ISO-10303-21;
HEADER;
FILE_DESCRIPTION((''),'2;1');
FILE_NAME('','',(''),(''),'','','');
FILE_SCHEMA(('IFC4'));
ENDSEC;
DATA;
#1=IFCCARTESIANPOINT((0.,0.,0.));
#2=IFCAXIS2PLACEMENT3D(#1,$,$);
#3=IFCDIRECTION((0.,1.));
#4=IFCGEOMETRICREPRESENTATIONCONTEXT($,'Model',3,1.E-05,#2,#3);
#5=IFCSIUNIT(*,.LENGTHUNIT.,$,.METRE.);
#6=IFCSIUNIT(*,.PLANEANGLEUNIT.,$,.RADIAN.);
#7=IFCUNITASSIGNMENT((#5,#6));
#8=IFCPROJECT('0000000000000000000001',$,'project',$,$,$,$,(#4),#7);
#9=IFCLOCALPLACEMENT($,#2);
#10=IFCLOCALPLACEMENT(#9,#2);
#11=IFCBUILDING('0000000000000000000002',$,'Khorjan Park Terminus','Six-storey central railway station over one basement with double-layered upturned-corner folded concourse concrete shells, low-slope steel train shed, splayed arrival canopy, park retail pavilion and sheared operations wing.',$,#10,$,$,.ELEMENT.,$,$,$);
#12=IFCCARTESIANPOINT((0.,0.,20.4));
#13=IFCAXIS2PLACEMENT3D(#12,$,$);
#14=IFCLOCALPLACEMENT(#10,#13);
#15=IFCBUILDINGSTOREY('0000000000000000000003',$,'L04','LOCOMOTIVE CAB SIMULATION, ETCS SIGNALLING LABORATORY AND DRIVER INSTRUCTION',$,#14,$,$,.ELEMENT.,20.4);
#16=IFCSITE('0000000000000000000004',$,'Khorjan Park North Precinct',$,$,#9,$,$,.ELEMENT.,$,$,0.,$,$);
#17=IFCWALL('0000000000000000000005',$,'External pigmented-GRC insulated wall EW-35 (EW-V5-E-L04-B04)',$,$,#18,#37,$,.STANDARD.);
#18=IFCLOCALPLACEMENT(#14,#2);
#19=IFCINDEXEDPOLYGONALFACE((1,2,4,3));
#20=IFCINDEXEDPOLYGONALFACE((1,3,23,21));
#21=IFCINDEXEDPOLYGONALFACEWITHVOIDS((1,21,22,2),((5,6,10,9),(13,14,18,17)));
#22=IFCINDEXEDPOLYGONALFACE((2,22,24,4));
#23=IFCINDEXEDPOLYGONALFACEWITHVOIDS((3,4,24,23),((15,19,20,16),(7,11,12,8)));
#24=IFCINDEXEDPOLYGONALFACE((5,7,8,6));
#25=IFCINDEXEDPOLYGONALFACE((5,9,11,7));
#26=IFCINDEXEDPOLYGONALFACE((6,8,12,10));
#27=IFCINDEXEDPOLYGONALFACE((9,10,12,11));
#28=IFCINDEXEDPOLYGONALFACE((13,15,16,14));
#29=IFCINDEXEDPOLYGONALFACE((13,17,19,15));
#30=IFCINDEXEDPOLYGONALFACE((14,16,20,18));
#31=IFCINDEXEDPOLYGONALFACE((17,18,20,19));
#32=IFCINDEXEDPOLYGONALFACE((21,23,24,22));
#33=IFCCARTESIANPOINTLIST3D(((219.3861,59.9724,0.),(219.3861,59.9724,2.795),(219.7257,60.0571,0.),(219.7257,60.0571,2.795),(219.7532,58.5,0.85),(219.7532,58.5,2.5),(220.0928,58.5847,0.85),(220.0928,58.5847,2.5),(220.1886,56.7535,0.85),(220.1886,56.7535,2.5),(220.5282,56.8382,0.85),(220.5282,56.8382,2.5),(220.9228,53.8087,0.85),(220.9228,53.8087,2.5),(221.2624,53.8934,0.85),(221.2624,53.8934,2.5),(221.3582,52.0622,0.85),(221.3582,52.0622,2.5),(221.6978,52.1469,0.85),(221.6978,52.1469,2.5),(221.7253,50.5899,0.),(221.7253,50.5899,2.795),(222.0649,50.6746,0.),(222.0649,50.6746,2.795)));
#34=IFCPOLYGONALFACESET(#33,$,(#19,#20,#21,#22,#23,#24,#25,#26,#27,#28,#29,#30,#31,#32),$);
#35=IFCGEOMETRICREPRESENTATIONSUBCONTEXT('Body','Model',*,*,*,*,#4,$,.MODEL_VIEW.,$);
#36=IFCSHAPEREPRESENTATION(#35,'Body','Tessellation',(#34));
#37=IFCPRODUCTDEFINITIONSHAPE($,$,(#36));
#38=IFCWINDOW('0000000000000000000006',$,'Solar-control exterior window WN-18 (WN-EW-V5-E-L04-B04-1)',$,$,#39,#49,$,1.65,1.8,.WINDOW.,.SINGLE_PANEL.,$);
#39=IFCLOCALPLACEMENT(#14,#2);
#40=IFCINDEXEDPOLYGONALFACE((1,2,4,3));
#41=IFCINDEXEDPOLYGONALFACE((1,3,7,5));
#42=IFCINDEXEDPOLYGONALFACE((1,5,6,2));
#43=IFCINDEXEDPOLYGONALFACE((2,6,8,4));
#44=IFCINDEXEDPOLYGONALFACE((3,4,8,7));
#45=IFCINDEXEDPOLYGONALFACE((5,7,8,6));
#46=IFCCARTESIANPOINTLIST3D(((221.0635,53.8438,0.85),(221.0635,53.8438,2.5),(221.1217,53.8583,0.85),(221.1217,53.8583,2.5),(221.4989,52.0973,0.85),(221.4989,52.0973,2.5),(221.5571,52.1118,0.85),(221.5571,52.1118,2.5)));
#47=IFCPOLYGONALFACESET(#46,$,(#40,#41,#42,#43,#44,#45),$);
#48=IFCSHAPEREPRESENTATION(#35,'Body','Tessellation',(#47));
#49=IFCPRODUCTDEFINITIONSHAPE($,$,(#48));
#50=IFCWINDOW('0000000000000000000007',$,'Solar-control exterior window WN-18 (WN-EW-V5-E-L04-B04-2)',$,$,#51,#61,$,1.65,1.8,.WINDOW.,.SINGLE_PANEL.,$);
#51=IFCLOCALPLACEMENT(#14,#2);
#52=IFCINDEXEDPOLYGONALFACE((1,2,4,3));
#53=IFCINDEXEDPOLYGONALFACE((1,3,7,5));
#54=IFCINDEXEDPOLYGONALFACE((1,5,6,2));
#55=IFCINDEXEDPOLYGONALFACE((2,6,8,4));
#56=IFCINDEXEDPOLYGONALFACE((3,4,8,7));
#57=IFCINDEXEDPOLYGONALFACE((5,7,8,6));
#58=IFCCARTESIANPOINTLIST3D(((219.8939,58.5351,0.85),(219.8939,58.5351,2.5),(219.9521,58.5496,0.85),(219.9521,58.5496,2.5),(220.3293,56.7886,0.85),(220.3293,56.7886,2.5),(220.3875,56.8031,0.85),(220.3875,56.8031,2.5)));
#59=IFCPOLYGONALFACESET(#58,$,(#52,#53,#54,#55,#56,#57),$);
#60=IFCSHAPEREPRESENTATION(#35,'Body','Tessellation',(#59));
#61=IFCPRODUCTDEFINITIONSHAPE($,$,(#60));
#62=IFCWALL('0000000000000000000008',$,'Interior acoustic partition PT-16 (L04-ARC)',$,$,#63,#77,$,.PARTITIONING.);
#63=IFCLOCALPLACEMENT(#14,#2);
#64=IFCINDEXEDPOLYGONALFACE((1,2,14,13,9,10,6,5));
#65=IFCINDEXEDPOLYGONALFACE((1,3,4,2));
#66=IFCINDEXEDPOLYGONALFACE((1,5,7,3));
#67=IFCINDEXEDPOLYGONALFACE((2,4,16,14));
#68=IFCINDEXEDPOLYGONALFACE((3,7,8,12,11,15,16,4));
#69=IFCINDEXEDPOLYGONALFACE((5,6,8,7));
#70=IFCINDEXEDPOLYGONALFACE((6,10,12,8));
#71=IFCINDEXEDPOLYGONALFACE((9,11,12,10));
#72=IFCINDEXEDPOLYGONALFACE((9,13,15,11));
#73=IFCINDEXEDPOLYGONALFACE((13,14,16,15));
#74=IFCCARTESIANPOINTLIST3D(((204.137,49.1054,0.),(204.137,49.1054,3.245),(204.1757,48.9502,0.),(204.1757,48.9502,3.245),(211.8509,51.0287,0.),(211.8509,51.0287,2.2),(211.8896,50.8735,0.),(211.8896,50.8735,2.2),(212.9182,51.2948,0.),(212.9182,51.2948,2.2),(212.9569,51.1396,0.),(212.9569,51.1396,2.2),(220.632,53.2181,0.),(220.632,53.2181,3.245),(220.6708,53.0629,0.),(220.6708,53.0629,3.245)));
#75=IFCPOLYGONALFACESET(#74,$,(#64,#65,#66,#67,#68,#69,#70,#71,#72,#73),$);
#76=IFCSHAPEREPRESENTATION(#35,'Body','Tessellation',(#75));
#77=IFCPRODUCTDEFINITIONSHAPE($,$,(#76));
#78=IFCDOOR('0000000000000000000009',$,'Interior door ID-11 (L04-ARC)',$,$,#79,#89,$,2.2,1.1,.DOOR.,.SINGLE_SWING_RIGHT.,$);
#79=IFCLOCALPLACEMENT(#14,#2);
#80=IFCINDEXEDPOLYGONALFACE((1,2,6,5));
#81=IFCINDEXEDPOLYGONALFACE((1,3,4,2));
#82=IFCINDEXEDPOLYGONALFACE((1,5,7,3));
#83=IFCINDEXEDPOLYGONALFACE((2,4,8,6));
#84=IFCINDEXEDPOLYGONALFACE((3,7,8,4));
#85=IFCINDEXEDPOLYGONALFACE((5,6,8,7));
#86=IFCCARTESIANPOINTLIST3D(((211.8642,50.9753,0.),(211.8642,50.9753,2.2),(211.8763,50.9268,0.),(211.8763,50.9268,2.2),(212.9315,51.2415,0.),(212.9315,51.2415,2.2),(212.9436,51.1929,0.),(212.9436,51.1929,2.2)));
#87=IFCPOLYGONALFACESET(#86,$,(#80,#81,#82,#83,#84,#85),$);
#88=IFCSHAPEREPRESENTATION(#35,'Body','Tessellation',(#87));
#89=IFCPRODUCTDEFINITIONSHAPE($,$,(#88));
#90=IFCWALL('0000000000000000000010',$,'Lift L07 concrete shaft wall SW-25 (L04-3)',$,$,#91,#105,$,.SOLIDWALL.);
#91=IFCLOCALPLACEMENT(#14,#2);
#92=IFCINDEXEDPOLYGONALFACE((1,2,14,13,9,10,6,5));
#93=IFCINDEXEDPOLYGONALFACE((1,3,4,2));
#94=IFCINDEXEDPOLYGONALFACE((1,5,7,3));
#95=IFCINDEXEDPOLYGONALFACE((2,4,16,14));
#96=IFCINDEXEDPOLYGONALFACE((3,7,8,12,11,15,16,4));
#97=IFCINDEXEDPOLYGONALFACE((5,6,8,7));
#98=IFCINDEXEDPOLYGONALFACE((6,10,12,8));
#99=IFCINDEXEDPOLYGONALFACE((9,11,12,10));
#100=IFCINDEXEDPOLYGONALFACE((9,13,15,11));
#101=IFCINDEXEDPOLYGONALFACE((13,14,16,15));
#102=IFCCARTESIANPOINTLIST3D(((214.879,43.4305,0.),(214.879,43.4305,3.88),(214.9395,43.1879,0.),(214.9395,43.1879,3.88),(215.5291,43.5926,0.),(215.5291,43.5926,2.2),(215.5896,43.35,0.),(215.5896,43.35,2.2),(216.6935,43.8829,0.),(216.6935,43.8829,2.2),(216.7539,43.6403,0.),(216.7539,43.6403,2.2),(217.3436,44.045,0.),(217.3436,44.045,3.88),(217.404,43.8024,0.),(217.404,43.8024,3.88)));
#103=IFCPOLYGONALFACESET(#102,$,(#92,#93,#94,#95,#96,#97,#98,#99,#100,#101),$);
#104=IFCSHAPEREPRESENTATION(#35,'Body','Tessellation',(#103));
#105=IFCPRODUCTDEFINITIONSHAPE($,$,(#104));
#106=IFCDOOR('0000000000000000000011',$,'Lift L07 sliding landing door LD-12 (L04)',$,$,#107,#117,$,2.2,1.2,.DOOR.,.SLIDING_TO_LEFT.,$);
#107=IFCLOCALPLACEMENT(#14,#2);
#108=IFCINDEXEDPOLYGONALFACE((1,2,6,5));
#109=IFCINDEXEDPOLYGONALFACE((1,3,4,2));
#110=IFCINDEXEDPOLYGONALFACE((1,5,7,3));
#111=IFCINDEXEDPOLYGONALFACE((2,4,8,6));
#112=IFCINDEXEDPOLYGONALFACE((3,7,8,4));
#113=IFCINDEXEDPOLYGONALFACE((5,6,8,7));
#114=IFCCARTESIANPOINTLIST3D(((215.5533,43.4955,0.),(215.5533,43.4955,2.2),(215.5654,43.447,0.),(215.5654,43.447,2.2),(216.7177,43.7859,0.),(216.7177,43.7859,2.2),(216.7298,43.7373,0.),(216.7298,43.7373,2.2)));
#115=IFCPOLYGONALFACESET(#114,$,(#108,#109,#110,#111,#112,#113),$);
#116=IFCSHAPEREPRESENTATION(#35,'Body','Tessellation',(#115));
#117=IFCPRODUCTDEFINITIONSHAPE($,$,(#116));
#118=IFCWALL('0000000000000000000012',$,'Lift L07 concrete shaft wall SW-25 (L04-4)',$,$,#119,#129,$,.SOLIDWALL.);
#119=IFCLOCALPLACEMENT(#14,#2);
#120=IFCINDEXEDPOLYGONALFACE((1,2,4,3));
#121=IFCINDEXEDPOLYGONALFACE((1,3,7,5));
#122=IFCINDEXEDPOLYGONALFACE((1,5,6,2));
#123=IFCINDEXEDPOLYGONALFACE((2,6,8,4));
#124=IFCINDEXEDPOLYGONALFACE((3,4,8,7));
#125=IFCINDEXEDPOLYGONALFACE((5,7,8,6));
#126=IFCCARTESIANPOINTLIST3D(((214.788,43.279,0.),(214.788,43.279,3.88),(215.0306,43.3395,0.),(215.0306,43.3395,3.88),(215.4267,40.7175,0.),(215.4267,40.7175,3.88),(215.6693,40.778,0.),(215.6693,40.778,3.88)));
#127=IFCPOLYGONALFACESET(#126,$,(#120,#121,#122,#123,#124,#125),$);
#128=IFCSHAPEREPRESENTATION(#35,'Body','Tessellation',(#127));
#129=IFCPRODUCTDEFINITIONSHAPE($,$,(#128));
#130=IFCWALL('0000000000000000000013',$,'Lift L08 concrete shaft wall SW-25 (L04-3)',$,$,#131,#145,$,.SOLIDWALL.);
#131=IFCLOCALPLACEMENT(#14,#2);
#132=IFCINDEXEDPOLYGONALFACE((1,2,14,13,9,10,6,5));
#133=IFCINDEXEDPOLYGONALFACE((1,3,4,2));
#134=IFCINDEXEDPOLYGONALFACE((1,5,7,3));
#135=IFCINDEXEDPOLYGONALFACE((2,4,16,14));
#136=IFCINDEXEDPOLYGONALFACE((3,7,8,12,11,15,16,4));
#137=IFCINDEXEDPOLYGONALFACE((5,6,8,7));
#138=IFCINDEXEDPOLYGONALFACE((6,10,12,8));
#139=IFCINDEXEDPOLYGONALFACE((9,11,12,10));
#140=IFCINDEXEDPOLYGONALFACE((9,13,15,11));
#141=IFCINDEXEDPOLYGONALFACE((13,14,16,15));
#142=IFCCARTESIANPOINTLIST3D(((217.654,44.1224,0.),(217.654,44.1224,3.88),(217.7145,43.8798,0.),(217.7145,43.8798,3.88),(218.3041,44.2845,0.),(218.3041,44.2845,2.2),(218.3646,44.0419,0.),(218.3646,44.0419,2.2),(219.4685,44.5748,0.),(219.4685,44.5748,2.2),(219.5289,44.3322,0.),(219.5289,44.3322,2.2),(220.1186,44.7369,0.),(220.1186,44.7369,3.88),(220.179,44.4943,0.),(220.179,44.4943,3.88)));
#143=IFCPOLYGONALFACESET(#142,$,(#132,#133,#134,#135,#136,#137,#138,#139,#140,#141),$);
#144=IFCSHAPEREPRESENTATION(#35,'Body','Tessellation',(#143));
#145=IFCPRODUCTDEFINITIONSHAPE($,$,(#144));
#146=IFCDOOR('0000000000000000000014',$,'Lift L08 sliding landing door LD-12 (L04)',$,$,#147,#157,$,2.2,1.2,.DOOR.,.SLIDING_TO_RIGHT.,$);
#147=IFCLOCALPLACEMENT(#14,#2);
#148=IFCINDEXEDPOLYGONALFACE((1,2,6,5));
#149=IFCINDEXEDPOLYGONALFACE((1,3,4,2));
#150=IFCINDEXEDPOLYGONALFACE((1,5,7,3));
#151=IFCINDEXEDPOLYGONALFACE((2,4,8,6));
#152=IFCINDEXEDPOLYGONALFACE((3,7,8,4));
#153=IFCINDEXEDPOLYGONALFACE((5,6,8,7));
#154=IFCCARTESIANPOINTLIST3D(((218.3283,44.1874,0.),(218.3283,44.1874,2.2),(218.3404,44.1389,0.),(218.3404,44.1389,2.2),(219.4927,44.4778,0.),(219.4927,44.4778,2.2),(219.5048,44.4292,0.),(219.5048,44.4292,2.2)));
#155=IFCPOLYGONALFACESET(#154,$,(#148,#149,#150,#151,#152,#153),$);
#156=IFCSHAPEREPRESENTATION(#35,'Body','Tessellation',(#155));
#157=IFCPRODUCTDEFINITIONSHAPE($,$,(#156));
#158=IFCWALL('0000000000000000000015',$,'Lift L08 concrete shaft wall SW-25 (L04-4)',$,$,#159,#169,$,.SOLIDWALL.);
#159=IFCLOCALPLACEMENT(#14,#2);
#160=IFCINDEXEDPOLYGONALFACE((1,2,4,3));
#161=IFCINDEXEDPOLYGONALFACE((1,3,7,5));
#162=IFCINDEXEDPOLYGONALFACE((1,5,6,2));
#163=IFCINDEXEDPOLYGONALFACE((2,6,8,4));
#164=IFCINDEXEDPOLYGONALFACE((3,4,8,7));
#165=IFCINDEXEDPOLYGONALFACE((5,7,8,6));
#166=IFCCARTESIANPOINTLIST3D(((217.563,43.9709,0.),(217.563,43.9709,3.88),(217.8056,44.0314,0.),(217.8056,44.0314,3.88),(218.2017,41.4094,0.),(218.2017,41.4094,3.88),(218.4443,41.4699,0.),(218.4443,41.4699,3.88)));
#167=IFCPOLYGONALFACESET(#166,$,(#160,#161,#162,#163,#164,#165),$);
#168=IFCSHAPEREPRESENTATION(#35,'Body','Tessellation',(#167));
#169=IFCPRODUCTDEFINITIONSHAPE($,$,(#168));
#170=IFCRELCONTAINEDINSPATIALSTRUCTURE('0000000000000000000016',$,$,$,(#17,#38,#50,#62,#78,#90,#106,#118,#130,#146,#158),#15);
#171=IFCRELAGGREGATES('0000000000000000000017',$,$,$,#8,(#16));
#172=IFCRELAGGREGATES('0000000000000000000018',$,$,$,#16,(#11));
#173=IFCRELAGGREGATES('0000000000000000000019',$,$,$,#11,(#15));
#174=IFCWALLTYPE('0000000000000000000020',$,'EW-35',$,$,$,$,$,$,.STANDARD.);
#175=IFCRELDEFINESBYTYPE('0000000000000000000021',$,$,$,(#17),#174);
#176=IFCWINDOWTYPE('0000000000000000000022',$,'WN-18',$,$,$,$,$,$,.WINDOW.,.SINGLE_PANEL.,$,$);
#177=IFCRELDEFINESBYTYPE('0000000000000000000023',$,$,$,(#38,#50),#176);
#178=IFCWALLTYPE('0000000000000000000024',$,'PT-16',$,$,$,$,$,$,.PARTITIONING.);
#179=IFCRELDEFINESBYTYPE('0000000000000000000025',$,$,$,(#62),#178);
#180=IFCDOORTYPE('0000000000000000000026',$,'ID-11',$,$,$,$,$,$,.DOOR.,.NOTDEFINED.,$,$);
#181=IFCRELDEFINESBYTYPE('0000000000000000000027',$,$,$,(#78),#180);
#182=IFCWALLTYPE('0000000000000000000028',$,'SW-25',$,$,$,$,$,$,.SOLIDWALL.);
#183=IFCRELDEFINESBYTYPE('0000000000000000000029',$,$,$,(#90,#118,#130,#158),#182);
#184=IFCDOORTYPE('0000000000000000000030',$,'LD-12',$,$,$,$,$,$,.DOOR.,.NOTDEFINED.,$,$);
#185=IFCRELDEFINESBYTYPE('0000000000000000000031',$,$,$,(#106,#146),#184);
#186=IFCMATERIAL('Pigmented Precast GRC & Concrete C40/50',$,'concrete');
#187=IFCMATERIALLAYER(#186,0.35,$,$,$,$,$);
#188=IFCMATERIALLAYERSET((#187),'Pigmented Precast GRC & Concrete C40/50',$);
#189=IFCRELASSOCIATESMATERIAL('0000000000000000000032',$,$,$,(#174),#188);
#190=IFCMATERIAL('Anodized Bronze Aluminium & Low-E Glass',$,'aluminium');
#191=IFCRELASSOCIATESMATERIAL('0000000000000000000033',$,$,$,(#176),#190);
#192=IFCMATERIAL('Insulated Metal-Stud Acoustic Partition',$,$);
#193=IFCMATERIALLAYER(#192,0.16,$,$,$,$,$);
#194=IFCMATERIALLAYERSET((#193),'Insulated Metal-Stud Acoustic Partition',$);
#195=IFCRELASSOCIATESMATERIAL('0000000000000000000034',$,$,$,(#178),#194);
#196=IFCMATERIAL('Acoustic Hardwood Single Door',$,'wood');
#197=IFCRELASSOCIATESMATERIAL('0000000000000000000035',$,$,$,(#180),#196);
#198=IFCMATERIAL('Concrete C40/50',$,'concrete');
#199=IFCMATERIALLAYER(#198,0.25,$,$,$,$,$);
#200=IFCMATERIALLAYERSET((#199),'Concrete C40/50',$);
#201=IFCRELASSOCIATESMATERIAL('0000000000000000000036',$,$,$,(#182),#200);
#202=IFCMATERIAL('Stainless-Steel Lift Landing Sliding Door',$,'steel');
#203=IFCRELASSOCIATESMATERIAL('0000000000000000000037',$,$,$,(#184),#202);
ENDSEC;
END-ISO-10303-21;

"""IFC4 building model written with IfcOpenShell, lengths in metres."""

from ifc_helpers import new_model, si_unit, direction, frame, frame_2d, origin, place, context, subcontext, project, spatial, rectangle, extrude, material, layer, layer_set, type_object, element, fill, save


model = new_model("IFC4")

# Units and contexts
model_context = context("Model", 3, precision=1e-05, world=origin(), true_north=direction((0.0, 1.0)))
body_context = subcontext(model_context, "Body", "Model", "MODEL_VIEW")
ifc_project = project(units=[si_unit("LENGTHUNIT", "METRE"), si_unit("PLANEANGLEUNIT", "RADIAN")], contexts=[model_context])

# Site, building, storey
site_placement = place(None, origin())
site = spatial("IfcSite", under=ifc_project, at=site_placement, Name="Khorjan Park North Precinct", CompositionType="ELEMENT", RefElevation=0.0)
building_placement = place(site_placement, origin())
building = spatial("IfcBuilding", under=site, at=building_placement, Name="Khorjan Park Terminus", Description="Six-storey central railway station over one basement with double-layered upturned-corner folded concourse concrete shells, low-slope steel train shed, splayed arrival canopy, park retail pavilion and sheared operations wing.", CompositionType="ELEMENT")
storey_placement = place(building_placement, frame((0.0, 0.0, 20.4)))
storey = spatial("IfcBuildingStorey", under=building, at=storey_placement, Name="L04", Description="LOCOMOTIVE CAB SIMULATION, ETCS SIGNALLING LABORATORY AND DRIVER INSTRUCTION", CompositionType="ELEMENT", Elevation=20.4)

# Shared definitions
ifc_material_1 = material(Name="Concrete C40/50", Category="concrete")

# Wall, openings, windows
ifc_material_2 = material(Name="Pigmented Precast GRC & Concrete C40/50", Category="concrete")
ifc_layer_1 = layer(ifc_material_2, 0.35)
ifc_layer_set_1 = layer_set([ifc_layer_1], Name="Pigmented Precast GRC & Concrete C40/50")
wall_type_1 = type_object("IfcWallType", Name="EW-35", PredefinedType="STANDARD", material=ifc_layer_set_1)
wall_1_placement = place(storey_placement, frame((221.8951, 50.6322, 0.0), z_axis=(0.0, 0.0, 1.0), x_axis=(-0.24191, 0.970299, 0.0)))
wall_1 = element("IfcWall", 1, at=wall_1_placement, inside=storey, type_object=wall_type_1, Name="External pigmented-GRC insulated wall EW-35 (EW-V5-E-L04-B04)", PredefinedType="STANDARD", context=body_context, shape_type="SweptSolid", body=[
    extrude(rectangle(XDim=9.6697, YDim=0.35, at=frame_2d((4.8349, 0.0))), origin(), (0.0, 0.0, 1.0), 2.795),
])
opening_1_placement = place(wall_1_placement, frame((1.5174, 0.0, 0.85)))
opening_1 = element("IfcOpeningElement", 2, at=opening_1_placement, cuts=wall_1, PredefinedType="OPENING", context=body_context, shape_type="SweptSolid", body=[
    extrude(rectangle(XDim=1.8, YDim=1.65, at=frame_2d((0.9, 0.825))), frame((0.0, 0.185, 0.0), z_axis=(0.0, -1.0, 0.0), x_axis=(1.0, 0.0, 0.0)), (0.0, 0.0, 1.0), 0.37),
])
opening_2_placement = place(wall_1_placement, frame((6.3523, 0.0, 0.85)))
opening_2 = element("IfcOpeningElement", 3, at=opening_2_placement, cuts=wall_1, PredefinedType="OPENING", context=body_context, shape_type="SweptSolid", body=[
    extrude(rectangle(XDim=1.8, YDim=1.65, at=frame_2d((0.9, 0.825))), frame((0.0, 0.185, 0.0), z_axis=(0.0, -1.0, 0.0), x_axis=(1.0, 0.0, 0.0)), (0.0, 0.0, 1.0), 0.37),
])
ifc_material_3 = material(Name="Anodized Bronze Aluminium & Low-E Glass", Category="aluminium")
window_type = type_object("IfcWindowType", Name="WN-18", PartitioningType="SINGLE_PANEL", PredefinedType="WINDOW", material=ifc_material_3)
window_1_placement = place(opening_1_placement, origin())
window_1 = element("IfcWindow", 4, at=window_1_placement, inside=storey, type_object=window_type, Name="Solar-control exterior window WN-18 (WN-EW-V5-E-L04-B04-1)", OverallHeight=1.65, OverallWidth=1.8, PartitioningType="SINGLE_PANEL", PredefinedType="WINDOW", context=body_context, shape_type="SweptSolid", body=[
    extrude(rectangle(XDim=1.8, YDim=1.65, at=frame_2d((0.9, 0.825))), frame((0.0, 0.03, 0.0), z_axis=(0.0, -1.0, 0.0), x_axis=(1.0, 0.0, 0.0)), (0.0, 0.0, 1.0), 0.06),
])
fill(opening_1, window_1)
window_2_placement = place(opening_2_placement, origin())
window_2 = element("IfcWindow", 5, at=window_2_placement, inside=storey, type_object=window_type, Name="Solar-control exterior window WN-18 (WN-EW-V5-E-L04-B04-2)", OverallHeight=1.65, OverallWidth=1.8, PartitioningType="SINGLE_PANEL", PredefinedType="WINDOW", context=body_context, shape_type="SweptSolid", body=[
    extrude(rectangle(XDim=1.8, YDim=1.65, at=frame_2d((0.9, 0.825))), frame((0.0, 0.03, 0.0), z_axis=(0.0, -1.0, 0.0), x_axis=(1.0, 0.0, 0.0)), (0.0, 0.0, 1.0), 0.06),
])
fill(opening_2, window_2)

# Walls, openings, doors
ifc_material_4 = material(Name="Insulated Metal-Stud Acoustic Partition")
ifc_layer_2 = layer(ifc_material_4, 0.16)
ifc_layer_set_2 = layer_set([ifc_layer_2], Name="Insulated Metal-Stud Acoustic Partition")
wall_type_2 = type_object("IfcWallType", Name="PT-16", PredefinedType="PARTITIONING", material=ifc_layer_set_2)
wall_2_placement = place(storey_placement, frame((220.6514, 53.1405, 0.0), z_axis=(0.0, 0.0, 1.0), x_axis=(-0.970295, -0.241924, 0.0)))
wall_2 = element("IfcWall", 6, at=wall_2_placement, inside=storey, type_object=wall_type_2, Name="Interior acoustic partition PT-16 (L04-ARC)", PredefinedType="PARTITIONING", context=body_context, shape_type="SweptSolid", body=[
    extrude(rectangle(XDim=17.0, YDim=0.16, at=frame_2d((8.5, 0.0))), origin(), (0.0, 0.0, 1.0), 3.245),
])
opening_3_placement = place(wall_2_placement, frame((7.95, 0.0, 0.0)))
opening_3 = element("IfcOpeningElement", 7, at=opening_3_placement, cuts=wall_2, PredefinedType="OPENING", context=body_context, shape_type="SweptSolid", body=[
    extrude(rectangle(XDim=1.1, YDim=2.2, at=frame_2d((0.55, 1.1))), frame((0.0, 0.09, 0.0), z_axis=(0.0, -1.0, 0.0), x_axis=(1.0, 0.0, 0.0)), (0.0, 0.0, 1.0), 0.18),
])
ifc_material_5 = material(Name="Acoustic Hardwood Single Door", Category="wood")
door_type_1 = type_object("IfcDoorType", Name="ID-11", OperationType="NOTDEFINED", PredefinedType="DOOR", material=ifc_material_5)
door_1_placement = place(opening_3_placement, origin())
door_1 = element("IfcDoor", 8, at=door_1_placement, inside=storey, type_object=door_type_1, Name="Interior door ID-11 (L04-ARC)", OperationType="SINGLE_SWING_RIGHT", OverallHeight=2.2, OverallWidth=1.1, PredefinedType="DOOR", context=body_context, shape_type="SweptSolid", body=[
    extrude(rectangle(XDim=1.1, YDim=2.2, at=frame_2d((0.55, 1.1))), frame((0.0, 0.025, 0.0), z_axis=(0.0, -1.0, 0.0), x_axis=(1.0, 0.0, 0.0)), (0.0, 0.0, 1.0), 0.05),
])
fill(opening_3, door_1)
ifc_layer_3 = layer(ifc_material_1, 0.25)
ifc_layer_set_3 = layer_set([ifc_layer_3], Name="Concrete C40/50")
wall_type_3 = type_object("IfcWallType", Name="SW-25", PredefinedType="SOLIDWALL", material=ifc_layer_set_3)
wall_3_placement = place(storey_placement, frame((217.3738, 43.9237, 0.0), z_axis=(0.0, 0.0, 1.0), x_axis=(-0.970293, -0.241933, 0.0)))
wall_3 = element("IfcWall", 9, at=wall_3_placement, inside=storey, type_object=wall_type_3, Name="Lift L07 concrete shaft wall SW-25 (L04-3)", PredefinedType="SOLIDWALL", context=body_context, shape_type="SweptSolid", body=[
    extrude(rectangle(XDim=2.54, YDim=0.25, at=frame_2d((1.27, 0.0))), origin(), (0.0, 0.0, 1.0), 3.88),
])
opening_4_placement = place(wall_3_placement, frame((0.67, 0.0, 0.0)))
opening_4 = element("IfcOpeningElement", 10, at=opening_4_placement, cuts=wall_3, PredefinedType="OPENING", context=body_context, shape_type="SweptSolid", body=[
    extrude(rectangle(XDim=1.2, YDim=2.2, at=frame_2d((0.6, 1.1))), frame((0.0, 0.135, 0.0), z_axis=(0.0, -1.0, 0.0), x_axis=(1.0, 0.0, 0.0)), (0.0, 0.0, 1.0), 0.27),
])
ifc_material_6 = material(Name="Stainless-Steel Lift Landing Sliding Door", Category="steel")
door_type_2 = type_object("IfcDoorType", Name="LD-12", OperationType="NOTDEFINED", PredefinedType="DOOR", material=ifc_material_6)
door_2_placement = place(opening_4_placement, origin())
door_2 = element("IfcDoor", 11, at=door_2_placement, inside=storey, type_object=door_type_2, Name="Lift L07 sliding landing door LD-12 (L04)", OperationType="SLIDING_TO_LEFT", OverallHeight=2.2, OverallWidth=1.2, PredefinedType="DOOR", context=body_context, shape_type="SweptSolid", body=[
    extrude(rectangle(XDim=1.2, YDim=2.2, at=frame_2d((0.6, 1.1))), frame((0.0, 0.025, 0.0), z_axis=(0.0, -1.0, 0.0), x_axis=(1.0, 0.0, 0.0)), (0.0, 0.0, 1.0), 0.05),
])
fill(opening_4, door_2)

# Wall
wall_4_placement = place(storey_placement, frame((214.9093, 43.3092, 0.0), z_axis=(0.0, 0.0, 1.0), x_axis=(0.241938, -0.970292, 0.0)))
element("IfcWall", 12, at=wall_4_placement, inside=storey, type_object=wall_type_3, Name="Lift L07 concrete shaft wall SW-25 (L04-4)", PredefinedType="SOLIDWALL", context=body_context, shape_type="SweptSolid", body=[
    extrude(rectangle(XDim=2.6399, YDim=0.25, at=frame_2d((1.3199, 0.0))), origin(), (0.0, 0.0, 1.0), 3.88),
])

# Wall, opening, door
wall_5_placement = place(storey_placement, frame((220.1488, 44.6156, 0.0), z_axis=(0.0, 0.0, 1.0), x_axis=(-0.970293, -0.241933, 0.0)))
wall_5 = element("IfcWall", 13, at=wall_5_placement, inside=storey, type_object=wall_type_3, Name="Lift L08 concrete shaft wall SW-25 (L04-3)", PredefinedType="SOLIDWALL", context=body_context, shape_type="SweptSolid", body=[
    extrude(rectangle(XDim=2.54, YDim=0.25, at=frame_2d((1.27, 0.0))), origin(), (0.0, 0.0, 1.0), 3.88),
])
opening_5_placement = place(wall_5_placement, frame((0.67, 0.0, 0.0)))
opening_5 = element("IfcOpeningElement", 14, at=opening_5_placement, cuts=wall_5, PredefinedType="OPENING", context=body_context, shape_type="SweptSolid", body=[
    extrude(rectangle(XDim=1.2, YDim=2.2, at=frame_2d((0.6, 1.1))), frame((0.0, 0.135, 0.0), z_axis=(0.0, -1.0, 0.0), x_axis=(1.0, 0.0, 0.0)), (0.0, 0.0, 1.0), 0.27),
])
door_3_placement = place(opening_5_placement, origin())
door_3 = element("IfcDoor", 15, at=door_3_placement, inside=storey, type_object=door_type_2, Name="Lift L08 sliding landing door LD-12 (L04)", OperationType="SLIDING_TO_RIGHT", OverallHeight=2.2, OverallWidth=1.2, PredefinedType="DOOR", context=body_context, shape_type="SweptSolid", body=[
    extrude(rectangle(XDim=1.2, YDim=2.2, at=frame_2d((0.6, 1.1))), frame((0.0, 0.025, 0.0), z_axis=(0.0, -1.0, 0.0), x_axis=(1.0, 0.0, 0.0)), (0.0, 0.0, 1.0), 0.05),
])
fill(opening_5, door_3)

# Wall
wall_6_placement = place(storey_placement, frame((217.6843, 44.0011, 0.0), z_axis=(0.0, 0.0, 1.0), x_axis=(0.241938, -0.970292, 0.0)))
element("IfcWall", 16, at=wall_6_placement, inside=storey, type_object=wall_type_3, Name="Lift L08 concrete shaft wall SW-25 (L04-4)", PredefinedType="SOLIDWALL", context=body_context, shape_type="SweptSolid", body=[
    extrude(rectangle(XDim=2.6399, YDim=0.25, at=frame_2d((1.3199, 0.0))), origin(), (0.0, 0.0, 1.0), 3.88),
])

save(model, "model.ifc")
